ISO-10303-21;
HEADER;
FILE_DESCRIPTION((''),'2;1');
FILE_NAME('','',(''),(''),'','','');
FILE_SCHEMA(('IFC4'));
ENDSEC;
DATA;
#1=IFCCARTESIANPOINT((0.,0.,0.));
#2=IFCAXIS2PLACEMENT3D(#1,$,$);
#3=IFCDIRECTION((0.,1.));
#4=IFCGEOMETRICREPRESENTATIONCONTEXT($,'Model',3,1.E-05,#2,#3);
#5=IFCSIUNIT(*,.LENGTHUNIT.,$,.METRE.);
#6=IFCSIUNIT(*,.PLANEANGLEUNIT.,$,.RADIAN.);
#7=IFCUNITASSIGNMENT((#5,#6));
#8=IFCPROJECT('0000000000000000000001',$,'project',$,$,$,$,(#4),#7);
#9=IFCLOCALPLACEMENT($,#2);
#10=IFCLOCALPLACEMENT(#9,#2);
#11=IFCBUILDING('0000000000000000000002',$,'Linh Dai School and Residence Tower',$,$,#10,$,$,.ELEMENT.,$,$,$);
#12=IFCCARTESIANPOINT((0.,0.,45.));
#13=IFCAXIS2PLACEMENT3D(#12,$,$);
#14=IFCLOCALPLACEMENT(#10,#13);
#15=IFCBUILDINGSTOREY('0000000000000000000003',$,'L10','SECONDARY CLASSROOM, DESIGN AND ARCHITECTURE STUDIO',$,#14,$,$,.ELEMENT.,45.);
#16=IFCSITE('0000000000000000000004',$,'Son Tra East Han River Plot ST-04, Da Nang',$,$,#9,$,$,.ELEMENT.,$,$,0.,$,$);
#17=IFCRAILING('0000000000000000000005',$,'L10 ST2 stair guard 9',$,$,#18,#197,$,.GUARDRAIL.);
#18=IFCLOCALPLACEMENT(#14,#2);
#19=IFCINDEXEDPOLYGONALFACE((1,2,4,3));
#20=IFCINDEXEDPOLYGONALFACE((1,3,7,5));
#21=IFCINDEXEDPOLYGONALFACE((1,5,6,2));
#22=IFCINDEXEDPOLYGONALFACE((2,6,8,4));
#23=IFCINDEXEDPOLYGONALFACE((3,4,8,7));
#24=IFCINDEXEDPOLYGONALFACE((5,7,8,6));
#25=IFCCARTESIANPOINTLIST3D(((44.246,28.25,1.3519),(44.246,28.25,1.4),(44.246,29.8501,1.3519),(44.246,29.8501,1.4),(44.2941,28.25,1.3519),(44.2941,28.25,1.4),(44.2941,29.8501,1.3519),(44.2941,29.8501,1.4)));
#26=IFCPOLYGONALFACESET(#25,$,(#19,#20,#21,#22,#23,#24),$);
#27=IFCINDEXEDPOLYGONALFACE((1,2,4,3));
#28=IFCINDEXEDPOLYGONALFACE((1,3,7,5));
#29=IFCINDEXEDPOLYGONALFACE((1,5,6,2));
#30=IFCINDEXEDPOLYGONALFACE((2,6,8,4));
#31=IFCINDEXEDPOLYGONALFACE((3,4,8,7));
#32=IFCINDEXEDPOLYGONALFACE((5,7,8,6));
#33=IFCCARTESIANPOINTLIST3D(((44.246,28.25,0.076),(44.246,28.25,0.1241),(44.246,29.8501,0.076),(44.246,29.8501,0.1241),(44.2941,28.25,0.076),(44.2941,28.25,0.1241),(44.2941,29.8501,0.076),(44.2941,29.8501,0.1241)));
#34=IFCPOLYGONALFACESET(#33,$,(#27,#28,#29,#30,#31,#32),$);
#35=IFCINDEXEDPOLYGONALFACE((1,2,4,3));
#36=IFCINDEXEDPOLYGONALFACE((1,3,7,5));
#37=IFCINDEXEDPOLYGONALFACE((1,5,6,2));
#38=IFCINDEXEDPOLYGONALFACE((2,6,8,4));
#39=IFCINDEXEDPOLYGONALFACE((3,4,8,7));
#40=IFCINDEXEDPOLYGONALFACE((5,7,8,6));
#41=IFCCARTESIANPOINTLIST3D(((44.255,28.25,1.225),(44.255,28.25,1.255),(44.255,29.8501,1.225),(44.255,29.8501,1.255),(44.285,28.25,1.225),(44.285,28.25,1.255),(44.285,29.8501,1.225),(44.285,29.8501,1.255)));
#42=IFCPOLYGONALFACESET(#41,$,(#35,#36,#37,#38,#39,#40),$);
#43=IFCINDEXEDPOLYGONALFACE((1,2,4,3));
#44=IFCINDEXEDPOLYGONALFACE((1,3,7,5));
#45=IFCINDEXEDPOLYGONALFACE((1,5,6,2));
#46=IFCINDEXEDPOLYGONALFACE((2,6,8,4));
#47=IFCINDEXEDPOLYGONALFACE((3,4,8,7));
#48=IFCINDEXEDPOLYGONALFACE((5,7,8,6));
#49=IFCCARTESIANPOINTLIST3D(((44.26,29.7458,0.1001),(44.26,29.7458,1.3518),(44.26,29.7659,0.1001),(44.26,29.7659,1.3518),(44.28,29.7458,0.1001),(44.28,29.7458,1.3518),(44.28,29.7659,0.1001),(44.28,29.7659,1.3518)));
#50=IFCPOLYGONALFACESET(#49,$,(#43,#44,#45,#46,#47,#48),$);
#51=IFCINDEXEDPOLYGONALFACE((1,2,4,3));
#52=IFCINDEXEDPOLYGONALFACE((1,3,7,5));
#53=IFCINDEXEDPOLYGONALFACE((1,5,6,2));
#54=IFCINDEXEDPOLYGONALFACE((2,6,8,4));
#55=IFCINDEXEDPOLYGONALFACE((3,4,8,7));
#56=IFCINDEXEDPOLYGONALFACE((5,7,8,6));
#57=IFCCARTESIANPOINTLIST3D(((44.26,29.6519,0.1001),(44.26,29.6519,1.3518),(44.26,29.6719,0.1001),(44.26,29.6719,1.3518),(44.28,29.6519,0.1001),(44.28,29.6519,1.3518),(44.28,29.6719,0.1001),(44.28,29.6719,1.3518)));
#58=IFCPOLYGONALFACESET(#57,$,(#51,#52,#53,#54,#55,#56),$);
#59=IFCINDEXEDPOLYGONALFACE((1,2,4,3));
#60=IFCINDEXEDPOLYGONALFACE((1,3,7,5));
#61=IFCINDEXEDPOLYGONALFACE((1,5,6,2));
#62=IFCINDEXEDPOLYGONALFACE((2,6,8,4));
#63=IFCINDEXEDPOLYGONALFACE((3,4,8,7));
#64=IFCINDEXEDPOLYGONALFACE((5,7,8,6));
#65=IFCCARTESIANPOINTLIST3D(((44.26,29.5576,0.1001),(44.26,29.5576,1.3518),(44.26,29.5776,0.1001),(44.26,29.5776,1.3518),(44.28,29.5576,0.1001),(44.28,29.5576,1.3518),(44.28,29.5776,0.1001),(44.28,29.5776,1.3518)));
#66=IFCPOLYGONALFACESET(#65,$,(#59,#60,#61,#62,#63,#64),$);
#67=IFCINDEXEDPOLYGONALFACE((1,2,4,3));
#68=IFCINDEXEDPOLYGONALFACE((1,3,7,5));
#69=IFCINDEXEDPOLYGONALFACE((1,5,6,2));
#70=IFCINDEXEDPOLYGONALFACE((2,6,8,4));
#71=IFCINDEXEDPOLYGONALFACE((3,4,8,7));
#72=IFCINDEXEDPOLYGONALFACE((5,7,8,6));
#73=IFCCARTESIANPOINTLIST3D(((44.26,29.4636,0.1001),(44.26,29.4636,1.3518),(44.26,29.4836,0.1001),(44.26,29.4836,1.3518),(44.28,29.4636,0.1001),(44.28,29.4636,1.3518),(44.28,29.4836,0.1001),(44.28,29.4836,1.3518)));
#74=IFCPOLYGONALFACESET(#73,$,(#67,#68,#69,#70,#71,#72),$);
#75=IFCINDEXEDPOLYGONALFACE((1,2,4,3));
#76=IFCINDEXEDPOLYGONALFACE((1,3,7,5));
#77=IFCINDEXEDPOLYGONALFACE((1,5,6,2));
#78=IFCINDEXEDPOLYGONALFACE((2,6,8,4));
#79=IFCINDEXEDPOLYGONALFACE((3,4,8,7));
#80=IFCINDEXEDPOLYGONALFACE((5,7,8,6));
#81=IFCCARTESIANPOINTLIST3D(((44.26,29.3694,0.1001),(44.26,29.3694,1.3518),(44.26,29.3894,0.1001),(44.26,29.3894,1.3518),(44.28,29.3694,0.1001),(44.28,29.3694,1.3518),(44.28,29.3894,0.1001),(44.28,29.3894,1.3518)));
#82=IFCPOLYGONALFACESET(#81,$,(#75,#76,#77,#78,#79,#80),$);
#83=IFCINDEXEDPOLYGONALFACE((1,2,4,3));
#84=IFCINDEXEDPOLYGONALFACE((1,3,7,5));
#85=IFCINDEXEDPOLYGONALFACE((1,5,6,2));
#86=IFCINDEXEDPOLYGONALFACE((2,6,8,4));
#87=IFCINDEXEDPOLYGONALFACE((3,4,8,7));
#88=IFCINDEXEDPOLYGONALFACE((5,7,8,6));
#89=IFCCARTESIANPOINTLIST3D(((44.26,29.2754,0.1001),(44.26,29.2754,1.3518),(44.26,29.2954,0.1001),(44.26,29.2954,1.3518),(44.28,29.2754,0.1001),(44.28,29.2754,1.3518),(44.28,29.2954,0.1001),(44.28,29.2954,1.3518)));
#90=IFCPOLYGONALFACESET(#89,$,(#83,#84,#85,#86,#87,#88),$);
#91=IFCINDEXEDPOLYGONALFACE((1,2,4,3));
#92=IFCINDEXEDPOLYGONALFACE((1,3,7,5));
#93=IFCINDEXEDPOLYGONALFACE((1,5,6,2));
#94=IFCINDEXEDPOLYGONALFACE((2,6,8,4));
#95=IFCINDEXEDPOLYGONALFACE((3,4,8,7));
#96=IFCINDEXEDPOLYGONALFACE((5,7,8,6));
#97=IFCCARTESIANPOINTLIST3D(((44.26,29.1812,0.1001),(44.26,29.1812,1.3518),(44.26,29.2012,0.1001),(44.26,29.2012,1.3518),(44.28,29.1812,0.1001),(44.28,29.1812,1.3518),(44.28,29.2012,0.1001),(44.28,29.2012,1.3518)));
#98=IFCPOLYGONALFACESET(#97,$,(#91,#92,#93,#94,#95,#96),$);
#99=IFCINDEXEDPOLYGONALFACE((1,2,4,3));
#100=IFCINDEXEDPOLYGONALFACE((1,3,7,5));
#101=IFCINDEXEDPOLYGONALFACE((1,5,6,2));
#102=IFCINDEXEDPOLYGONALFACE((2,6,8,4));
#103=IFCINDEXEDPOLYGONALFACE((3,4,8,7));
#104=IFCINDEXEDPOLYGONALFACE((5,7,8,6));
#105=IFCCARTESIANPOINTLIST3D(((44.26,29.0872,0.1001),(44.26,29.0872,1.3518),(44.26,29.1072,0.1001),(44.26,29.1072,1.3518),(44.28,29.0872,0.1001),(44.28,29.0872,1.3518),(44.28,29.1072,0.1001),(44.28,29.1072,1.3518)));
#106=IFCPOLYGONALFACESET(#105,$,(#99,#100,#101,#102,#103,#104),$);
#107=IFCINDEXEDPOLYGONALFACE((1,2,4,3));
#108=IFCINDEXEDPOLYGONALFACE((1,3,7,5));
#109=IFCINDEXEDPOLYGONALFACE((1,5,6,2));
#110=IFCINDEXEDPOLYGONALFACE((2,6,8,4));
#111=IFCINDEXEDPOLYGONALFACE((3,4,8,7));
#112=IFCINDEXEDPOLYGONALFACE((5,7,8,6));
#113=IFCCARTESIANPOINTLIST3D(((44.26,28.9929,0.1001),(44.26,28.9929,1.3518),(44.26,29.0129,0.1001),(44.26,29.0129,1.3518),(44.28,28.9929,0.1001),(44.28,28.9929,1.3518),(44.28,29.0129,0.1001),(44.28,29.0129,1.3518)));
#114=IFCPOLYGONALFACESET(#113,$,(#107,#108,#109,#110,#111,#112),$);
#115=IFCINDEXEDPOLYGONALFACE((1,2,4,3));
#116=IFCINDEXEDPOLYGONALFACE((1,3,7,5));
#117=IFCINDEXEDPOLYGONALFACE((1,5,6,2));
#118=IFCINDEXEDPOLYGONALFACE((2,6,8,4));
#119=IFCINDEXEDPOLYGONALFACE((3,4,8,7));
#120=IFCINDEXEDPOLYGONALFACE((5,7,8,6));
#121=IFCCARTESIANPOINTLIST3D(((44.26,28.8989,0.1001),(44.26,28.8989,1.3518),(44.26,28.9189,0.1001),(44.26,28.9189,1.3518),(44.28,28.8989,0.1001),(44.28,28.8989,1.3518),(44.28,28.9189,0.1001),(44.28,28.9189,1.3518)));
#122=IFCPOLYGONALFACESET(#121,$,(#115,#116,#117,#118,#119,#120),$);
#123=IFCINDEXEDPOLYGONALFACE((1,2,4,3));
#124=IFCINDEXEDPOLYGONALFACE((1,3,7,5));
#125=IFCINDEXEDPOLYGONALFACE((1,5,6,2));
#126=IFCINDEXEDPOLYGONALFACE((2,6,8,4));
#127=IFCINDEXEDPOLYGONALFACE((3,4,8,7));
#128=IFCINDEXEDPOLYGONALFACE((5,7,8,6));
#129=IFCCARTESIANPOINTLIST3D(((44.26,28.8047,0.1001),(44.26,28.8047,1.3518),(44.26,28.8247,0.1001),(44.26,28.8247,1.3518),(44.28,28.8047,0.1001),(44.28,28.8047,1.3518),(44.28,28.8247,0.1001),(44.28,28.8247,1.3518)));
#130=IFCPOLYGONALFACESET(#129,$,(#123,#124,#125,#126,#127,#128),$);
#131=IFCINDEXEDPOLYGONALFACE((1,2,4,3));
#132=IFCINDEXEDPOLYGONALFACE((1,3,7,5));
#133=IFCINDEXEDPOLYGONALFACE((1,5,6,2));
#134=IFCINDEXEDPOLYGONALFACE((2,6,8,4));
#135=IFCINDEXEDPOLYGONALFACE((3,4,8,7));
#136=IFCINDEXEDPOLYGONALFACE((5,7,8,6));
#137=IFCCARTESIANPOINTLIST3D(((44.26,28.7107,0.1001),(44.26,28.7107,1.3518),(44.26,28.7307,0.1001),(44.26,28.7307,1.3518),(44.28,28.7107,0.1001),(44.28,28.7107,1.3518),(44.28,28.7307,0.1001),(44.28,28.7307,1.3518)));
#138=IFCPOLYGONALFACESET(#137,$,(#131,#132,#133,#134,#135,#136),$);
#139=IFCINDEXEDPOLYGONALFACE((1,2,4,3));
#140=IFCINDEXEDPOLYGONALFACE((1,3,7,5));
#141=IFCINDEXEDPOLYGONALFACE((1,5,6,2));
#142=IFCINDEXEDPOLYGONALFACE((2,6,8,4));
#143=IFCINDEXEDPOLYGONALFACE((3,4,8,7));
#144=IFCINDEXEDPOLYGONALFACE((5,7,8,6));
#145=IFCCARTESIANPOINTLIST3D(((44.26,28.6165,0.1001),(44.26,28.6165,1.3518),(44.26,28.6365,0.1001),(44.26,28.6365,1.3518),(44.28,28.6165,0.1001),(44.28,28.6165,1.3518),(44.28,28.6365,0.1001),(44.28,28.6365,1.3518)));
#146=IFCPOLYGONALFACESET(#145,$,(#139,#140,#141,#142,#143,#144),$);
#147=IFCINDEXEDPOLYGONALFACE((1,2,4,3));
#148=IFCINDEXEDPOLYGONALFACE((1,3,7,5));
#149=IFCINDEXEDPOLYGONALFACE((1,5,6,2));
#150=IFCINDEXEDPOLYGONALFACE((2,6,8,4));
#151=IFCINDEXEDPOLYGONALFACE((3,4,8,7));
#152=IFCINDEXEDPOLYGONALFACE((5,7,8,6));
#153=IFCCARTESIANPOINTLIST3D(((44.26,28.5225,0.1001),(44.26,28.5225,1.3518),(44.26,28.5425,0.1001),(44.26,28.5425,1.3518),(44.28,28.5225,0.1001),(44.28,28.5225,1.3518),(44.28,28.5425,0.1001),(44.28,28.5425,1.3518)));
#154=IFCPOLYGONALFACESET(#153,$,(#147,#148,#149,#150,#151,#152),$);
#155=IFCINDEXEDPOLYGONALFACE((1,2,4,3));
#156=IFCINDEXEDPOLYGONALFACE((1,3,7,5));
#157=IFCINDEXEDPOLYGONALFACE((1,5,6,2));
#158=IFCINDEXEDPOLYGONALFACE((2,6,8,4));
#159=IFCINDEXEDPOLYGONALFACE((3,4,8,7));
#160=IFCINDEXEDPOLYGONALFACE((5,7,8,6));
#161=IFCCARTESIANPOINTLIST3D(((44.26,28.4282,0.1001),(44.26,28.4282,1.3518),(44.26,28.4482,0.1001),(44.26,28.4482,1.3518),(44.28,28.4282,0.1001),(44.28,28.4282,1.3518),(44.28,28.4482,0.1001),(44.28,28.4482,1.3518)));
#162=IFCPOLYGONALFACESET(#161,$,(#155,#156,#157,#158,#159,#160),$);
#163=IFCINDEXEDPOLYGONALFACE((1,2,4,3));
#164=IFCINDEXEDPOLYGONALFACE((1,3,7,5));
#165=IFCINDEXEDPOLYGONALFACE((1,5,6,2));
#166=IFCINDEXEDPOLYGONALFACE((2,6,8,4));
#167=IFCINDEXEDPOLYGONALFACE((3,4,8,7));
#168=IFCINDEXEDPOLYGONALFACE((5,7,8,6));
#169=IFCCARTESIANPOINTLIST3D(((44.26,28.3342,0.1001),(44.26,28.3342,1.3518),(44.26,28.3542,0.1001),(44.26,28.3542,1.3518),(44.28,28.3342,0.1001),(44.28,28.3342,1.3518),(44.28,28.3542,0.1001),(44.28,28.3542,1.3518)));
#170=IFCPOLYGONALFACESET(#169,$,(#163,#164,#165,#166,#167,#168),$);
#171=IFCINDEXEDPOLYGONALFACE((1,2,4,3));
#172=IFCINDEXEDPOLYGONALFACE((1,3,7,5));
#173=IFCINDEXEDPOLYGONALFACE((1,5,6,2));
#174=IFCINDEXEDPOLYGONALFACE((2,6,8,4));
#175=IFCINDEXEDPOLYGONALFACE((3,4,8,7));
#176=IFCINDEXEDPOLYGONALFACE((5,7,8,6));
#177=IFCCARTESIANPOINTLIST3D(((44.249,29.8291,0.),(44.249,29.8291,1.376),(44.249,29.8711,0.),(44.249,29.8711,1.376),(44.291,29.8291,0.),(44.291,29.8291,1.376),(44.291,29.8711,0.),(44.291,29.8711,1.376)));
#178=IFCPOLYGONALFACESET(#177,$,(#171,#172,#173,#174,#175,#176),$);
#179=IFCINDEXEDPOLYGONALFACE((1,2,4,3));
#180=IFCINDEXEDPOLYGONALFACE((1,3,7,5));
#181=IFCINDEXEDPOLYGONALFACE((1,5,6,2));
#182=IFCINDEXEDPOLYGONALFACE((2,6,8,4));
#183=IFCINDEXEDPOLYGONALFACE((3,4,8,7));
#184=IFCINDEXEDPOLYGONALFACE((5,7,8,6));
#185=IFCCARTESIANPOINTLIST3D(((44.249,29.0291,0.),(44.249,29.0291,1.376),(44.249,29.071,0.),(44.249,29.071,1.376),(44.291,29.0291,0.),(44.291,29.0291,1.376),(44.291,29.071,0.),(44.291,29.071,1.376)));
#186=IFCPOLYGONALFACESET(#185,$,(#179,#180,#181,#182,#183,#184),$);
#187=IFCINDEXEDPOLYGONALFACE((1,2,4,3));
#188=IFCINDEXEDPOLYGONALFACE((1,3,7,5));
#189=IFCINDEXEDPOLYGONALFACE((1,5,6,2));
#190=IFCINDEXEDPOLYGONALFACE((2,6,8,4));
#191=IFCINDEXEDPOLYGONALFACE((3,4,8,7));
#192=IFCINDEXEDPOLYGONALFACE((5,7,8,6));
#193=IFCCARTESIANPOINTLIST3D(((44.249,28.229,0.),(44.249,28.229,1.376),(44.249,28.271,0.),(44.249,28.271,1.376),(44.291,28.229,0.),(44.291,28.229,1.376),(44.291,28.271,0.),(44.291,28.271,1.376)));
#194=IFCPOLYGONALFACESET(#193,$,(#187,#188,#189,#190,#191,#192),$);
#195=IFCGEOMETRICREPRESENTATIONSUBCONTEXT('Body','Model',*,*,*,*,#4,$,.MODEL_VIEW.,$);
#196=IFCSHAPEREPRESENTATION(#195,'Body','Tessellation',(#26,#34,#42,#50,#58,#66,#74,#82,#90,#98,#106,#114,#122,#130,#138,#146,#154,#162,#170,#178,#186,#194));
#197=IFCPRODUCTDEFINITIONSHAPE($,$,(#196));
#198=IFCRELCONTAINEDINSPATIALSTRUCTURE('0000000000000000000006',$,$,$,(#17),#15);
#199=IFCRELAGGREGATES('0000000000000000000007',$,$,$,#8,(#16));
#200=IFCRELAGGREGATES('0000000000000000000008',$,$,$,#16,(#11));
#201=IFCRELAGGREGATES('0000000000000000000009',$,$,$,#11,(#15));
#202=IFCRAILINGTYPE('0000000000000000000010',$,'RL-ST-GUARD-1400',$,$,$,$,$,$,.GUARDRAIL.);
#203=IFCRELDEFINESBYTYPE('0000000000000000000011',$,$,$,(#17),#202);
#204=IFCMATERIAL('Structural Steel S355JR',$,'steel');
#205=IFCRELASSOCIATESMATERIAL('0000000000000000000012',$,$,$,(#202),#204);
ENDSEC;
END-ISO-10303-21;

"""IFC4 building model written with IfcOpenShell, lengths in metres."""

from ifc_helpers import new_model, si_unit, direction, frame, origin, origin_2d, place, context, subcontext, project, spatial, rectangle, extrude, source, transform, mapped, material, type_object, element, save


model = new_model("IFC4")

# Units and contexts
model_context = context("Model", 3, precision=1e-05, world=origin(), true_north=direction((0.0, 1.0)))
body_context = subcontext(model_context, "Body", "Model", "MODEL_VIEW")
ifc_project = project(units=[si_unit("LENGTHUNIT", "METRE"), si_unit("PLANEANGLEUNIT", "RADIAN")], contexts=[model_context])

# Site, building, storey
site_placement = place(None, origin())
site = spatial("IfcSite", under=ifc_project, at=site_placement, Name="Son Tra East Han River Plot ST-04, Da Nang", CompositionType="ELEMENT", RefElevation=0.0)
building_placement = place(site_placement, origin())
building = spatial("IfcBuilding", under=site, at=building_placement, Name="Linh Dai School and Residence Tower", CompositionType="ELEMENT")
storey_placement = place(building_placement, frame((0.0, 0.0, 45.0)))
storey = spatial("IfcBuildingStorey", under=building, at=storey_placement, Name="L10", Description="SECONDARY CLASSROOM, DESIGN AND ARCHITECTURE STUDIO", CompositionType="ELEMENT", Elevation=45.0)

# Shared definitions
ifc_material_1 = material(Name="Structural Steel S355JR", Category="steel")

# Railing
railing_type_1 = type_object("IfcRailingType", Name="RL-ST-GUARD-1400", PredefinedType="GUARDRAIL", material=ifc_material_1)
shared_shape_1 = source(origin(), body_context, "Body", "SweptSolid", [
    extrude(rectangle(XDim=0.0481, YDim=0.0481, at=origin_2d()), frame((0.0, 0.0, 1.376), z_axis=(0.0, -1.0, 0.0), x_axis=(1.0, 0.0, 0.0)), (0.0, 0.0, 1.0), 1.6001),
    extrude(rectangle(XDim=0.0481, YDim=0.0481, at=origin_2d()), frame((0.0, 0.0, 0.1001), z_axis=(0.0, -1.0, 0.0), x_axis=(1.0, 0.0, 0.0)), (0.0, 0.0, 1.0), 1.6001),
    extrude(rectangle(XDim=0.03, YDim=0.03, at=origin_2d()), frame((0.0, 0.0, 1.24), z_axis=(0.0, -1.0, 0.0), x_axis=(1.0, 0.0, 0.0)), (0.0, 0.0, 1.0), 1.6001),
    extrude(rectangle(XDim=0.02, YDim=0.02, at=origin_2d()), frame((0.0, -0.0942, 0.1001)), (0.0, 0.0, 1.0), 1.2517),
    extrude(rectangle(XDim=0.02, YDim=0.02, at=origin_2d()), frame((0.0, -0.1882, 0.1001)), (0.0, 0.0, 1.0), 1.2517),
    extrude(rectangle(XDim=0.02, YDim=0.02, at=origin_2d()), frame((0.0, -0.2825, 0.1001)), (0.0, 0.0, 1.0), 1.2517),
    extrude(rectangle(XDim=0.02, YDim=0.02, at=origin_2d()), frame((0.0, -0.3765, 0.1001)), (0.0, 0.0, 1.0), 1.2517),
    extrude(rectangle(XDim=0.02, YDim=0.02, at=origin_2d()), frame((0.0, -0.4707, 0.1001)), (0.0, 0.0, 1.0), 1.2517),
    extrude(rectangle(XDim=0.02, YDim=0.02, at=origin_2d()), frame((0.0, -0.5647, 0.1001)), (0.0, 0.0, 1.0), 1.2517),
    extrude(rectangle(XDim=0.02, YDim=0.02, at=origin_2d()), frame((0.0, -0.6589, 0.1001)), (0.0, 0.0, 1.0), 1.2517),
    extrude(rectangle(XDim=0.02, YDim=0.02, at=origin_2d()), frame((0.0, -0.7529, 0.1001)), (0.0, 0.0, 1.0), 1.2517),
    extrude(rectangle(XDim=0.02, YDim=0.02, at=origin_2d()), frame((0.0, -0.8472, 0.1001)), (0.0, 0.0, 1.0), 1.2517),
    extrude(rectangle(XDim=0.02, YDim=0.02, at=origin_2d()), frame((0.0, -0.9412, 0.1001)), (0.0, 0.0, 1.0), 1.2517),
    extrude(rectangle(XDim=0.02, YDim=0.02, at=origin_2d()), frame((0.0, -1.0354, 0.1001)), (0.0, 0.0, 1.0), 1.2517),
    extrude(rectangle(XDim=0.02, YDim=0.02, at=origin_2d()), frame((0.0, -1.1294, 0.1001)), (0.0, 0.0, 1.0), 1.2517),
    extrude(rectangle(XDim=0.02, YDim=0.02, at=origin_2d()), frame((0.0, -1.2236, 0.1001)), (0.0, 0.0, 1.0), 1.2517),
    extrude(rectangle(XDim=0.02, YDim=0.02, at=origin_2d()), frame((0.0, -1.3176, 0.1001)), (0.0, 0.0, 1.0), 1.2517),
    extrude(rectangle(XDim=0.02, YDim=0.02, at=origin_2d()), frame((0.0, -1.4119, 0.1001)), (0.0, 0.0, 1.0), 1.2517),
    extrude(rectangle(XDim=0.02, YDim=0.02, at=origin_2d()), frame((0.0, -1.5059, 0.1001)), (0.0, 0.0, 1.0), 1.2517),
    extrude(rectangle(XDim=0.042, YDim=0.042, at=origin_2d()), origin(), (0.0, 0.0, 1.0), 1.376),
    extrude(rectangle(XDim=0.042, YDim=0.042, at=origin_2d()), frame((0.0, -0.8, 0.0)), (0.0, 0.0, 1.0), 1.376),
    extrude(rectangle(XDim=0.042, YDim=0.042, at=origin_2d()), frame((0.0, -1.6001, 0.0)), (0.0, 0.0, 1.0), 1.376),
])
for number, where, name in (
    (1, (44.27, 29.8501, 0.0), "L10 ST2 stair guard 9"),
):
    element("IfcRailing", number, at=place(storey_placement, frame(where)), inside=storey, type_object=railing_type_1, Name=name, PredefinedType="GUARDRAIL", context=body_context, shape_type="MappedRepresentation", body=[
        mapped(shared_shape_1, transform((0.0, 0.0, 0.0), x_axis=(1.0, 0.0, 0.0), y_axis=(0.0, 1.0, 0.0), z_axis=(0.0, 0.0, 1.0), scale=1.0)),
    ])

save(model, "model.ifc")
